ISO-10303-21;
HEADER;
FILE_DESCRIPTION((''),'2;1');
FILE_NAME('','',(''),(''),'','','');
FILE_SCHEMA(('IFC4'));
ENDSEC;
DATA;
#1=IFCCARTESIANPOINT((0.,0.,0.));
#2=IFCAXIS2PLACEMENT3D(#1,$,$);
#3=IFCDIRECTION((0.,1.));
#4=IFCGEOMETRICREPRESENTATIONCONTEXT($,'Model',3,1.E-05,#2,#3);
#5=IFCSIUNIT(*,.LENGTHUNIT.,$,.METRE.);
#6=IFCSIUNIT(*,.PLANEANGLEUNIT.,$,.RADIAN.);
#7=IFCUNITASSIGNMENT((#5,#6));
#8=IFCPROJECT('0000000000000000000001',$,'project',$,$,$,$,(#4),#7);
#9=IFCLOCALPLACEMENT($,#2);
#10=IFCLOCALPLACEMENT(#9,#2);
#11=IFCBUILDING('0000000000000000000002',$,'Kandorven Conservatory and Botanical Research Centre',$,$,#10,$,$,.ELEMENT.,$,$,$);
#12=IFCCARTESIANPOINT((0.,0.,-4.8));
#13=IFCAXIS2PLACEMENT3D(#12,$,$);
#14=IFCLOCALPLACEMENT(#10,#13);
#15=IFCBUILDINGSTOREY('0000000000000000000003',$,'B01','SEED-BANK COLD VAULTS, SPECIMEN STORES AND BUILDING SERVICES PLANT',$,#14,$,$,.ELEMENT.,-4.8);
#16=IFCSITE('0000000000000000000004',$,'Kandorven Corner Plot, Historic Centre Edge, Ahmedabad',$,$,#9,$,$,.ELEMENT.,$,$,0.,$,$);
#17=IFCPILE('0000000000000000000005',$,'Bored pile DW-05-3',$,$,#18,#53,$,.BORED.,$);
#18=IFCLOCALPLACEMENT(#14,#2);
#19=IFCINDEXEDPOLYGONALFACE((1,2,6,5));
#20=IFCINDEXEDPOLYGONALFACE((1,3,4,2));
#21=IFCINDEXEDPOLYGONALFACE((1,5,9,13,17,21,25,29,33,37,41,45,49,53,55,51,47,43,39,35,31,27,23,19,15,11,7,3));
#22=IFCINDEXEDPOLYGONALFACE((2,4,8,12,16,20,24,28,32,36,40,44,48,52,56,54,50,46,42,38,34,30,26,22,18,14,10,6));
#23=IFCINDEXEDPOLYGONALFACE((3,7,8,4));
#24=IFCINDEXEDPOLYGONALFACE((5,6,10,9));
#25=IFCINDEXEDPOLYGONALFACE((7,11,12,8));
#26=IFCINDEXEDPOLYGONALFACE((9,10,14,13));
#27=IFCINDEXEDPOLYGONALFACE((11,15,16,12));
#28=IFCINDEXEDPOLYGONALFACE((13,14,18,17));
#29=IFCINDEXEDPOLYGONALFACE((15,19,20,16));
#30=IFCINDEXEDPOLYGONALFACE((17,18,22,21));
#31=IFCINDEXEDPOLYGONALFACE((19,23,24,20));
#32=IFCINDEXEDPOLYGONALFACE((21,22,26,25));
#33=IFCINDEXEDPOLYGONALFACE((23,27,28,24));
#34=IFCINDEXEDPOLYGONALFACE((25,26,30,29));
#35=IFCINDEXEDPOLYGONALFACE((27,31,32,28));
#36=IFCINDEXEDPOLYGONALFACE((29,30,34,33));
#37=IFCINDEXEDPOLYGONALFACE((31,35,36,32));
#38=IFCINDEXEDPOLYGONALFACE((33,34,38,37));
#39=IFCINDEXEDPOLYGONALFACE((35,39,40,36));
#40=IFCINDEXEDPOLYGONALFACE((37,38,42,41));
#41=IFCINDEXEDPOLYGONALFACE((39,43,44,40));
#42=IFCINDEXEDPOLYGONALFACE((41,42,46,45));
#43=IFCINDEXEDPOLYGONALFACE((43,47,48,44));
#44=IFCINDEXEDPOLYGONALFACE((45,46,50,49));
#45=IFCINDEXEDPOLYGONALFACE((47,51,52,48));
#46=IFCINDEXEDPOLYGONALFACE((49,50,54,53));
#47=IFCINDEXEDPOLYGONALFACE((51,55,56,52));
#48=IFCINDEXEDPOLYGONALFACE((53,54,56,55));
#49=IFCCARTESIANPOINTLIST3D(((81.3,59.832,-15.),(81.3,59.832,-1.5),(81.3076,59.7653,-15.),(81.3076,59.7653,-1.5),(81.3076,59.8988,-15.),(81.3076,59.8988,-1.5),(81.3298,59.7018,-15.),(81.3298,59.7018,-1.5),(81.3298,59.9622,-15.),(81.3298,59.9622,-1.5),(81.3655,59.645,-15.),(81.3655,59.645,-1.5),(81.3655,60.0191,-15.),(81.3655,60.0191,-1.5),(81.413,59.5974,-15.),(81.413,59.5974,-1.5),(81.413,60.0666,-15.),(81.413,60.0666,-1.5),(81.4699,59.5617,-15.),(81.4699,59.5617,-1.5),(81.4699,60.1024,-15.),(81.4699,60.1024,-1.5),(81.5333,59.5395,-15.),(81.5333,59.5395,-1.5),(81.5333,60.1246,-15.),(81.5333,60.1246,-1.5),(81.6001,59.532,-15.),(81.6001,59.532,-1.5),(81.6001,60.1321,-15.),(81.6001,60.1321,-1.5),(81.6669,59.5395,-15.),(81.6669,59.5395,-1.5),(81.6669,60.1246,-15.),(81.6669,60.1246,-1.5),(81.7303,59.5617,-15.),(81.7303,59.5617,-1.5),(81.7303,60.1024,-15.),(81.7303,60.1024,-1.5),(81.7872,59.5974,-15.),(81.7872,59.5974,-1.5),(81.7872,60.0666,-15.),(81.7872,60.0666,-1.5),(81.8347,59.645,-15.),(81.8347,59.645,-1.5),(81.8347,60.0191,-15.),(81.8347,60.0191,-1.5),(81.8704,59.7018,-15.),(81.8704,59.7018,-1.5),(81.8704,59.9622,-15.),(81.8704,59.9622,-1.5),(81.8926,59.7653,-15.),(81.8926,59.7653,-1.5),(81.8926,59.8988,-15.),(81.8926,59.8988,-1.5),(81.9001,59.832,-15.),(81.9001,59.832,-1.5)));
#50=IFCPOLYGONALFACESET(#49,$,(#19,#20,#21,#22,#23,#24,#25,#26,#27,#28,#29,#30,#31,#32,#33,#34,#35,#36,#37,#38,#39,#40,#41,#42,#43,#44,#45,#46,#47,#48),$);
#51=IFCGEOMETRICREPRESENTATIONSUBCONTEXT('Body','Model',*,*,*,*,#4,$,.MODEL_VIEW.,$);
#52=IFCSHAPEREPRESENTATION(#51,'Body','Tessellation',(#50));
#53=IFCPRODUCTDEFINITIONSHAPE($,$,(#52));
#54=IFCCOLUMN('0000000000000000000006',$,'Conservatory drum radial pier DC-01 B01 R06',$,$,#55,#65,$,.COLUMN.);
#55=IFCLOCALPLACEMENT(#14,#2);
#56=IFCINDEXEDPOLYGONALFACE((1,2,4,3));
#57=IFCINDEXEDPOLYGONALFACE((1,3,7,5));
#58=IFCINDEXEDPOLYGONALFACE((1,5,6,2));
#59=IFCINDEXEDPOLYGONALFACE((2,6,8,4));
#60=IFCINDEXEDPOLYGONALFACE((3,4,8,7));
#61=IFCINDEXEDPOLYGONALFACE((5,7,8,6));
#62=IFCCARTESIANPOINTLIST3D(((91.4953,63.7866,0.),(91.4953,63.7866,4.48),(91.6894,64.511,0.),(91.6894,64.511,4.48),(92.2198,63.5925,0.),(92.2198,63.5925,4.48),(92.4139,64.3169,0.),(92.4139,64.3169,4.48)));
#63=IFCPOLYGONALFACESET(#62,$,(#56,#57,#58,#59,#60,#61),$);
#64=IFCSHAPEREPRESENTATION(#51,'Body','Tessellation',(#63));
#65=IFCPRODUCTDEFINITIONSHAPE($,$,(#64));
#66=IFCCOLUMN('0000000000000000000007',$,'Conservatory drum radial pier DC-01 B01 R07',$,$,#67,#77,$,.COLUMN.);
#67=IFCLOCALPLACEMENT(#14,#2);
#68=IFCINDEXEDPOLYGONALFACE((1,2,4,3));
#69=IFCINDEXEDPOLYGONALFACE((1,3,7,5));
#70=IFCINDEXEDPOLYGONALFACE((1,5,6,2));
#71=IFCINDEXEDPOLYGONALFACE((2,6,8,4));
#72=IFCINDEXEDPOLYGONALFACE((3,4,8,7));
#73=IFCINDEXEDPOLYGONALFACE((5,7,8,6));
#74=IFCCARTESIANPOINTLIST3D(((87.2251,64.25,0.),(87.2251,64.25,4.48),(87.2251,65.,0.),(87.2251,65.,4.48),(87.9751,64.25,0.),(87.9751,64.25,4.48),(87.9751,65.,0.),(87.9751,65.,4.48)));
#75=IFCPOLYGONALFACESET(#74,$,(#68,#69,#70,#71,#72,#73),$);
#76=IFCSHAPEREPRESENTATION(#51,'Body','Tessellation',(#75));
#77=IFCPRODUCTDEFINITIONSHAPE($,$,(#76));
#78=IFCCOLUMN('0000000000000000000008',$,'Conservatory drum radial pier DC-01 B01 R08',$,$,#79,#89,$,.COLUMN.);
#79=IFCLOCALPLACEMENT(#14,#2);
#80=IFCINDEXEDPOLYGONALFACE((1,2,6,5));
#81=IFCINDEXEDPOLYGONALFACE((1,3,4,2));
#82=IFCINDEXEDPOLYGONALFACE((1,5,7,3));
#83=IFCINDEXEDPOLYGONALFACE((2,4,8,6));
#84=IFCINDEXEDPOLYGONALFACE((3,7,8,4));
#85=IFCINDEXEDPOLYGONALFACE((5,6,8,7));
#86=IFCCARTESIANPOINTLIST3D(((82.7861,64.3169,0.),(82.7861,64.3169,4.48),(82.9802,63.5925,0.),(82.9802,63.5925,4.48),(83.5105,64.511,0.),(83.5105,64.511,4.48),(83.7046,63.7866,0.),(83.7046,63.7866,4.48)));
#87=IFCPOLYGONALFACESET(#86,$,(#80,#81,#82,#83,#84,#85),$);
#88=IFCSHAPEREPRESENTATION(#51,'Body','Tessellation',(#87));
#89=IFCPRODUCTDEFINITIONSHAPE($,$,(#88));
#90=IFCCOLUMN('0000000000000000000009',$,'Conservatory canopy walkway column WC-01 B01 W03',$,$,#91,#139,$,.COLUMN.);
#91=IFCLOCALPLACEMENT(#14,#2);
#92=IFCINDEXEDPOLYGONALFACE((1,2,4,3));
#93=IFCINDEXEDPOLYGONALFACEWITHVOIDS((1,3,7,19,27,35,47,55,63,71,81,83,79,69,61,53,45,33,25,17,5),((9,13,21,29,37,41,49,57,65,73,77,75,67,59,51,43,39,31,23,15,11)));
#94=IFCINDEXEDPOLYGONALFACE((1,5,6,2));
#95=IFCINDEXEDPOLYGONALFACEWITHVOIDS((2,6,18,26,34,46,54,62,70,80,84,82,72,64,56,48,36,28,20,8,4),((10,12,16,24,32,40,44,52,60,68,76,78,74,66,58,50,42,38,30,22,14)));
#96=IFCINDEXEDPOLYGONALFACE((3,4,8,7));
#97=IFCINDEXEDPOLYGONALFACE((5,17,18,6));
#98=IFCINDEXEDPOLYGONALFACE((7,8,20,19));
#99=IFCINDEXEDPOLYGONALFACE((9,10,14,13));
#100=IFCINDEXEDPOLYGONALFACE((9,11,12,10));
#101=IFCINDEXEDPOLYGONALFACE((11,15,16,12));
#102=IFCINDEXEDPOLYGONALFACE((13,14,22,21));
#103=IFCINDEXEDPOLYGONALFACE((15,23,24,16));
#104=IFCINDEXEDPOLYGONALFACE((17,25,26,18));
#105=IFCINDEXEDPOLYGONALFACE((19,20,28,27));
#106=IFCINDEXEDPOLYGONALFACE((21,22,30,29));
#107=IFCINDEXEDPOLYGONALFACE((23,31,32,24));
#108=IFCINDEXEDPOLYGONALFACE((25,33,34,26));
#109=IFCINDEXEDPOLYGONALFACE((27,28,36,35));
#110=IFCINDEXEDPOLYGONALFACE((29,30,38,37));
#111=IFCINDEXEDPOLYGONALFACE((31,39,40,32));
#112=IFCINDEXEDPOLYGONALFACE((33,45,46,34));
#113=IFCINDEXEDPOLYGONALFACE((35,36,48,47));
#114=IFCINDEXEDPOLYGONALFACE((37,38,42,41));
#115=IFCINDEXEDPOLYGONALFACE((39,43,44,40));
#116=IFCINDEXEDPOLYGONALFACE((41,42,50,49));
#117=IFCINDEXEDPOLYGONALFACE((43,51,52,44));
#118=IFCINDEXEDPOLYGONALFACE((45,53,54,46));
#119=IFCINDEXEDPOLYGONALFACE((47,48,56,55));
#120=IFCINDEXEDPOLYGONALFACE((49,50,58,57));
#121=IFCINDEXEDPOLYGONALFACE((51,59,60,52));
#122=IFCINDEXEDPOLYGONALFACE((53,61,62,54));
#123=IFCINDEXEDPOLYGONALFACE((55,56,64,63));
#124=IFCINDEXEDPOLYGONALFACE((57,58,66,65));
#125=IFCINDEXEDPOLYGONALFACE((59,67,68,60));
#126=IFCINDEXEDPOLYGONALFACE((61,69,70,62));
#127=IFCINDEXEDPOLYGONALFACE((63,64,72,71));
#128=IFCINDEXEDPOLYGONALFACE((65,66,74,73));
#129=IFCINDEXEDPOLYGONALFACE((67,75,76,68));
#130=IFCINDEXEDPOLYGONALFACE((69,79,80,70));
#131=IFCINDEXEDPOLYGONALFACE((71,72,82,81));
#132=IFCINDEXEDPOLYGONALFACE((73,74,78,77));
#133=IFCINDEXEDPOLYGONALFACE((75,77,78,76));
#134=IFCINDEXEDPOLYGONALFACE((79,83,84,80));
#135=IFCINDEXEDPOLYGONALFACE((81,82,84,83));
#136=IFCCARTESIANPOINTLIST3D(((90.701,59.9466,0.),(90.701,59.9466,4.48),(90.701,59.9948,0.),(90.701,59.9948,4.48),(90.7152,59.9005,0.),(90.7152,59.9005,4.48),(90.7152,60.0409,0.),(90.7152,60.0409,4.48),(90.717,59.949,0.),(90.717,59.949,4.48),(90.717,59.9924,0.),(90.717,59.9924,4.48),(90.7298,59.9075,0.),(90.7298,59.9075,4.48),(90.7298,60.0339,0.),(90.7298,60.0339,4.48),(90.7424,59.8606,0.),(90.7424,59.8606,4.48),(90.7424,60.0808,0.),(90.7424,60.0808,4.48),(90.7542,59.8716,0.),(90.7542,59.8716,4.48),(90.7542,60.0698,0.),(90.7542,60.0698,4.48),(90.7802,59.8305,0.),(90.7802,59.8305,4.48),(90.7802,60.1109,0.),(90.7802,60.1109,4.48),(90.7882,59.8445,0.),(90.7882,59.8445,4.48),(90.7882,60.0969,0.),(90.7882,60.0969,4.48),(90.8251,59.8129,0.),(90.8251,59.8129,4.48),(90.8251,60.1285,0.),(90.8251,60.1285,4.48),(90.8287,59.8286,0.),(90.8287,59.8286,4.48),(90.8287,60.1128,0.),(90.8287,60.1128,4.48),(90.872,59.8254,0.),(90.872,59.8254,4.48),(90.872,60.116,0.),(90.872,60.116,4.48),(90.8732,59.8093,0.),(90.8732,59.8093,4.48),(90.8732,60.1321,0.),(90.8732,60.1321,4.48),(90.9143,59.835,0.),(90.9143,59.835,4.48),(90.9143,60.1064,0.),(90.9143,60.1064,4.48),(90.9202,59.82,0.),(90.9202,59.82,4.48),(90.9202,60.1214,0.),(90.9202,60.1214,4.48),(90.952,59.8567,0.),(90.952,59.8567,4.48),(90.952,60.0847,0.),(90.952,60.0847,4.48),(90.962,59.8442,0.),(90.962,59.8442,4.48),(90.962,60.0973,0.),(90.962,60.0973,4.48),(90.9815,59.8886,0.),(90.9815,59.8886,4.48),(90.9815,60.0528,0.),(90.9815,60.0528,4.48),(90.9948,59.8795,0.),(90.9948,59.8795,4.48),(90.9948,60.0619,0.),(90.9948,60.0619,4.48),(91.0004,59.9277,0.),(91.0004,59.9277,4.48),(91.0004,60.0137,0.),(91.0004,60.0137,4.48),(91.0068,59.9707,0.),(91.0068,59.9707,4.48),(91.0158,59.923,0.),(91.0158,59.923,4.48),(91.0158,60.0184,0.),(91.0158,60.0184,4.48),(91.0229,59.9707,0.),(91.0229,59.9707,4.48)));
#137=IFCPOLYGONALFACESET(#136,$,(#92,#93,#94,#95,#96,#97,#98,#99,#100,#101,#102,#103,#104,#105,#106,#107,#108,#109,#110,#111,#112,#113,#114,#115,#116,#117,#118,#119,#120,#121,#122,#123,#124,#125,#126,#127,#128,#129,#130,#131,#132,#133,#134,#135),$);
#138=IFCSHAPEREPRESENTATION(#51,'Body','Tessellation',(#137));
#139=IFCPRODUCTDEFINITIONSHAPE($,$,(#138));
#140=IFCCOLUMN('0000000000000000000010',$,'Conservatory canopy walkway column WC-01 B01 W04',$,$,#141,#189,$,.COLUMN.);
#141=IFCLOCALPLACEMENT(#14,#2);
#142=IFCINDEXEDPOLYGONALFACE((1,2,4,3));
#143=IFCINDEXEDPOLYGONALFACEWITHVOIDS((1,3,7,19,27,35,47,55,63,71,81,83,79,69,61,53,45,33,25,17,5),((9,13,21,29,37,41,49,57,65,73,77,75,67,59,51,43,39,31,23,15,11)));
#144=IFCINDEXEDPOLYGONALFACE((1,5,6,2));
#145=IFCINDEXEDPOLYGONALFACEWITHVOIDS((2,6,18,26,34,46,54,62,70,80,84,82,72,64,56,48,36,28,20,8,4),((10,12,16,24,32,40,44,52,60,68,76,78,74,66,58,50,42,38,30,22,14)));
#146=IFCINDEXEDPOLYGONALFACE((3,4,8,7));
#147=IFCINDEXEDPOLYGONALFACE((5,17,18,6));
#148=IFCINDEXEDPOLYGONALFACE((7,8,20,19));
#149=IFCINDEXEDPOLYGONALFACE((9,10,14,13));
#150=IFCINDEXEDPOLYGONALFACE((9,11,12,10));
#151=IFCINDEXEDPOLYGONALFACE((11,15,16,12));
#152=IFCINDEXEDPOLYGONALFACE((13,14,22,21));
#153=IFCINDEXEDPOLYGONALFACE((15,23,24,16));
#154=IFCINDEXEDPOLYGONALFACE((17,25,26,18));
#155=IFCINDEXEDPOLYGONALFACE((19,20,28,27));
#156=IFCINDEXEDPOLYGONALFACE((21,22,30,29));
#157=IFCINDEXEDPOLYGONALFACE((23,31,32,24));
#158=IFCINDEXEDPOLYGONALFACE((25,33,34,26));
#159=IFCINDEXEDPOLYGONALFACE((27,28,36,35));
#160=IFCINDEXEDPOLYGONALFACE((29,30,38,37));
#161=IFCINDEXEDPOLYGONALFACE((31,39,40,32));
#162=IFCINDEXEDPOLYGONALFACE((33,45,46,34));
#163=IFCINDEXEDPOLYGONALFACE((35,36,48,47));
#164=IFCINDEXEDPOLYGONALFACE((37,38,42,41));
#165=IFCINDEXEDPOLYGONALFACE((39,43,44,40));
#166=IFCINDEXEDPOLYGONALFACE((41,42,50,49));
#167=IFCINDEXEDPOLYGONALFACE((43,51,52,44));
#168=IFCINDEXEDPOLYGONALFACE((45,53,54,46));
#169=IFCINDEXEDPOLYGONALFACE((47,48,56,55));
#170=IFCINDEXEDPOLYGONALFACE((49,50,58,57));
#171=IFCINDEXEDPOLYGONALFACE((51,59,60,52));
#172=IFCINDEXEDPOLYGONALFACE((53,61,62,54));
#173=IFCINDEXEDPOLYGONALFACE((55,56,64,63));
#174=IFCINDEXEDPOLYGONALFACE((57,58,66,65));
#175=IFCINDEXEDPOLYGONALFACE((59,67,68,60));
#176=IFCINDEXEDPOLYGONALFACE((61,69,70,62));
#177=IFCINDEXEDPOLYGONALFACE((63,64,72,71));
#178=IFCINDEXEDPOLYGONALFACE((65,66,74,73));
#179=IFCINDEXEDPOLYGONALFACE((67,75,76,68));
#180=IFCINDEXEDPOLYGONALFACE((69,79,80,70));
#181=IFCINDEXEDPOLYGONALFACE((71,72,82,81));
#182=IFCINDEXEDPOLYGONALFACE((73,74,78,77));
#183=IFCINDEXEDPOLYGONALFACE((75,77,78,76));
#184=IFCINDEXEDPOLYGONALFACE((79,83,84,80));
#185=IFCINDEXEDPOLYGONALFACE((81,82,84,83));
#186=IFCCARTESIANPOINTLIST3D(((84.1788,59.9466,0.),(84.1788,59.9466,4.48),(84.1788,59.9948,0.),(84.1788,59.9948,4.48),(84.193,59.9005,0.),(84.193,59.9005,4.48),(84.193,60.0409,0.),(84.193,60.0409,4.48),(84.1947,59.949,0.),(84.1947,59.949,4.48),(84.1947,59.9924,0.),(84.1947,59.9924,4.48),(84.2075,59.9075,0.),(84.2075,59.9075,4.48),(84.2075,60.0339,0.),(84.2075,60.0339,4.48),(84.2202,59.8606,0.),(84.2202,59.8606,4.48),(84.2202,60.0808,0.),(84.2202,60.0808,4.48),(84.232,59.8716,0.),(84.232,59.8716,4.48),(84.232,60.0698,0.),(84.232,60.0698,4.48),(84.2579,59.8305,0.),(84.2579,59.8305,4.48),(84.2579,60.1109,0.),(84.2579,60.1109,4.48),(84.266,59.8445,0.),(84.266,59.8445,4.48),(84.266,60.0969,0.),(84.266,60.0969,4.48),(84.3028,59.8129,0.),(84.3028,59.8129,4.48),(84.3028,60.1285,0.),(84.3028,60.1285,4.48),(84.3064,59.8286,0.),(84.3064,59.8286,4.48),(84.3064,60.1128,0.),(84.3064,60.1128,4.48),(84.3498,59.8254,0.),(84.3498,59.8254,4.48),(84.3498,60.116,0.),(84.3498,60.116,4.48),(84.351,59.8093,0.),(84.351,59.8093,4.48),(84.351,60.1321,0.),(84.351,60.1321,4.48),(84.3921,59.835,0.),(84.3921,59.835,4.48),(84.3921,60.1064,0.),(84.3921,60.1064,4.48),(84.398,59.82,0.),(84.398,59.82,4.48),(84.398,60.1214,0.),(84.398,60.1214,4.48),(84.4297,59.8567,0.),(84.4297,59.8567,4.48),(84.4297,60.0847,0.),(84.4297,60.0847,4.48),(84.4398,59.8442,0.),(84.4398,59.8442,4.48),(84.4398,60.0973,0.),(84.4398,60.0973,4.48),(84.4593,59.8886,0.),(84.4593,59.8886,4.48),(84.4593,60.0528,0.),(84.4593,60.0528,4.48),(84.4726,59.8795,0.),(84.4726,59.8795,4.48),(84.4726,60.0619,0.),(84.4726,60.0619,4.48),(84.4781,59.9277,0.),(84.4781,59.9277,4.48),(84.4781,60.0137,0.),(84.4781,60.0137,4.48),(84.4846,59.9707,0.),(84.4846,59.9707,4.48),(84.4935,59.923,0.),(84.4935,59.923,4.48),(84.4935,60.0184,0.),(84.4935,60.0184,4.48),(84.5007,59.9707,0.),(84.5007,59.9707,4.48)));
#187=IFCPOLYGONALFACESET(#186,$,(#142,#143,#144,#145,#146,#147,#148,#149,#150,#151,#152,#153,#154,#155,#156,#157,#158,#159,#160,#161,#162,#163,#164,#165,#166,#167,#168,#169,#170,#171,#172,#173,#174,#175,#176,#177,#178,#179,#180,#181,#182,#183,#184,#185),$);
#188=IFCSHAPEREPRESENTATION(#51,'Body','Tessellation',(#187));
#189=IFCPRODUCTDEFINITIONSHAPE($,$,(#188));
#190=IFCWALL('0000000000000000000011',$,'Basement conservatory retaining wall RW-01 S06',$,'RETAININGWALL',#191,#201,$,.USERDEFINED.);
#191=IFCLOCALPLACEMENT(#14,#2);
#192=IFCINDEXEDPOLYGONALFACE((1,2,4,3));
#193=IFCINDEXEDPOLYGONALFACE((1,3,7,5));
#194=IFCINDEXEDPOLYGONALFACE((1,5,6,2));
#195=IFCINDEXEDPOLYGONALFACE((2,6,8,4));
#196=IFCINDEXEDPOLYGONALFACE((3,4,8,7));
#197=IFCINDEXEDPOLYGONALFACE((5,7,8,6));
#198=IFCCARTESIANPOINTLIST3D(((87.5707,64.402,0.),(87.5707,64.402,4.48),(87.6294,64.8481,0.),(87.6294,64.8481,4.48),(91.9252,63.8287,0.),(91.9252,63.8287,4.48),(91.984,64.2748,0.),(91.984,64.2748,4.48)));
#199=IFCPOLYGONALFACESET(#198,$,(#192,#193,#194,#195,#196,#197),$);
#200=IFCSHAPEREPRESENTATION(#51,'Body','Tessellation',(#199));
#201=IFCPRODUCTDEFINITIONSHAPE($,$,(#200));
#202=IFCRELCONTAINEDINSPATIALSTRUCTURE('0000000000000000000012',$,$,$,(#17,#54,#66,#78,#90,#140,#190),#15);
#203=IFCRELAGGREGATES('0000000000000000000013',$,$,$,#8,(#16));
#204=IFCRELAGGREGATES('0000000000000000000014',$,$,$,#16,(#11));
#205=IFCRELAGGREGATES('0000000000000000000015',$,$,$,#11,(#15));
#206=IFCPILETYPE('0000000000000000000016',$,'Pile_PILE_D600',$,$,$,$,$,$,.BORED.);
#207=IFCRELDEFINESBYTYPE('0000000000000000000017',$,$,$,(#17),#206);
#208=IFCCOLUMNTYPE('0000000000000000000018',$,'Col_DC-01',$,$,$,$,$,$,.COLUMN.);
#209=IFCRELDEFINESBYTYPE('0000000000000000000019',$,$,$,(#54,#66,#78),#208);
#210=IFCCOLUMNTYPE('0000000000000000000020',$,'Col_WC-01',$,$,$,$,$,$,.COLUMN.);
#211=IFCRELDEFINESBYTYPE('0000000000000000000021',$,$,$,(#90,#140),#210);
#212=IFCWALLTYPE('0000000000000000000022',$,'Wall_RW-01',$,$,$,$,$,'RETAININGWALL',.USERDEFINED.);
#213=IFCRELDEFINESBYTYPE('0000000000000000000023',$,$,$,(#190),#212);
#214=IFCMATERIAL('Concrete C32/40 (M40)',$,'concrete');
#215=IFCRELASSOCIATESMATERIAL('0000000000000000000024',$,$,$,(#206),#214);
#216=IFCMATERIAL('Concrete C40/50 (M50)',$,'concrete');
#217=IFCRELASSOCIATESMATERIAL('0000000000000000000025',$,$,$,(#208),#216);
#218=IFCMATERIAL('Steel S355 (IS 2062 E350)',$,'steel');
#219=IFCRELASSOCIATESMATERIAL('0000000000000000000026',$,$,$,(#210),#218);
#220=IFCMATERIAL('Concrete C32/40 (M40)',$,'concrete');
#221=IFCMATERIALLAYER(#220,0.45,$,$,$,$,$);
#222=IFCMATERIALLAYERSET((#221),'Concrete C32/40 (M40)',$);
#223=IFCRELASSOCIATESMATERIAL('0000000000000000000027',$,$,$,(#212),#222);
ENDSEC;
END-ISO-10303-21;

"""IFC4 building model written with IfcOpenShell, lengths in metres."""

from ifc_helpers import new_model, si_unit, direction, frame, frame_2d, origin, origin_2d, place, context, subcontext, project, spatial, rectangle, circle, hollow_circle, extrude, material, layer, layer_set, material_profile, profile_set, type_object, element, save


model = new_model("IFC4")

# Units and contexts
model_context = context("Model", 3, precision=1e-05, world=origin(), true_north=direction((0.0, 1.0)))
body_context = subcontext(model_context, "Body", "Model", "MODEL_VIEW")
ifc_project = project(units=[si_unit("LENGTHUNIT", "METRE"), si_unit("PLANEANGLEUNIT", "RADIAN")], contexts=[model_context])

# Site, building, storey
site_placement = place(None, origin())
site = spatial("IfcSite", under=ifc_project, at=site_placement, Name="Kandorven Corner Plot, Historic Centre Edge, Ahmedabad", CompositionType="ELEMENT", RefElevation=0.0)
building_placement = place(site_placement, origin())
building = spatial("IfcBuilding", under=site, at=building_placement, Name="Kandorven Conservatory and Botanical Research Centre", CompositionType="ELEMENT")
storey_placement = place(building_placement, frame((0.0, 0.0, -4.8)))
storey = spatial("IfcBuildingStorey", under=building, at=storey_placement, Name="B01", Description="SEED-BANK COLD VAULTS, SPECIMEN STORES AND BUILDING SERVICES PLANT", CompositionType="ELEMENT", Elevation=-4.8)

# Pile
ifc_material_1 = material(Name="Concrete C32/40 (M40)", Category="concrete")
ifc_material_profile_1 = material_profile(ifc_material_1, circle(Radius=0.3, at=origin_2d()))
ifc_profile_set_1 = profile_set([ifc_material_profile_1], Name="Concrete C32/40 (M40)")
pile_type = type_object("IfcPileType", Name="Pile_PILE_D600", PredefinedType="BORED", material=ifc_profile_set_1)
for number, where, z_axis, x_axis, name in (
    (1, (81.6001, 59.832, -1.5), (0.0, 0.0, -1.0), (1.0, 0.0, 0.0), "Bored pile DW-05-3"),
):
    element("IfcPile", number, at=place(storey_placement, frame(where, z_axis=z_axis, x_axis=x_axis)), inside=storey, type_object=pile_type, Name=name, PredefinedType="BORED", context=body_context, shape_type="SweptSolid", body=[
        extrude(circle(Radius=0.3, at=origin_2d()), origin(), (0.0, 0.0, 1.0), 13.5),
    ])

# Columns
ifc_material_2 = material(Name="Concrete C40/50 (M50)", Category="concrete")
ifc_material_profile_2 = material_profile(ifc_material_2, rectangle(XDim=0.75, YDim=0.75, at=origin_2d()))
ifc_profile_set_2 = profile_set([ifc_material_profile_2], Name="Concrete C40/50 (M50)")
column_type_1 = type_object("IfcColumnType", Name="Col_DC-01", PredefinedType="COLUMN", material=ifc_profile_set_2)
for number, where, z_axis, x_axis, name in (
    (2, (91.9546, 64.0518, 0.0), (0.0, 0.0, 1.0), (0.258819, 0.965926, 0.0), "Conservatory drum radial pier DC-01 B01 R06"),
    (3, (87.6001, 64.625, 0.0), (0.0, 0.0, 1.0), (0.0, 1.0, 0.0), "Conservatory drum radial pier DC-01 B01 R07"),
    (4, (83.2454, 64.0518, 0.0), (0.0, 0.0, 1.0), (-0.258819, 0.965926, 0.0), "Conservatory drum radial pier DC-01 B01 R08"),
):
    element("IfcColumn", number, at=place(storey_placement, frame(where, z_axis=z_axis, x_axis=x_axis)), inside=storey, type_object=column_type_1, Name=name, PredefinedType="COLUMN", context=body_context, shape_type="SweptSolid", body=[
        extrude(rectangle(XDim=0.75, YDim=0.75, at=origin_2d()), origin(), (0.0, 0.0, 1.0), 4.48),
    ])
ifc_material_3 = material(Name="Steel S355 (IS 2062 E350)", Category="steel")
ifc_material_profile_3 = material_profile(ifc_material_3, hollow_circle(Radius=0.1619, WallThickness=0.0161, at=origin_2d()))
ifc_profile_set_3 = profile_set([ifc_material_profile_3], Name="Steel S355 (IS 2062 E350)")
column_type_2 = type_object("IfcColumnType", Name="Col_WC-01", PredefinedType="COLUMN", material=ifc_profile_set_3)
for number, where, z_axis, x_axis, name in (
    (5, (90.8611, 59.9707, 0.0), (0.0, 0.0, 1.0), (1.0, 0.0, 0.0), "Conservatory canopy walkway column WC-01 B01 W03"),
    (6, (84.3389, 59.9707, 0.0), (0.0, 0.0, 1.0), (1.0, 0.0, 0.0), "Conservatory canopy walkway column WC-01 B01 W04"),
):
    element("IfcColumn", number, at=place(storey_placement, frame(where, z_axis=z_axis, x_axis=x_axis)), inside=storey, type_object=column_type_2, Name=name, PredefinedType="COLUMN", context=body_context, shape_type="SweptSolid", body=[
        extrude(hollow_circle(Radius=0.1619, WallThickness=0.0161, at=origin_2d()), origin(), (0.0, 0.0, 1.0), 4.48),
    ])

# Wall
ifc_material_4 = material(Name="Concrete C32/40 (M40)", Category="concrete")
ifc_layer = layer(ifc_material_4, 0.45)
ifc_layer_set = layer_set([ifc_layer], Name="Concrete C32/40 (M40)")
wall_type = type_object("IfcWallType", Name="Wall_RW-01", ElementType="RETAININGWALL", PredefinedType="USERDEFINED", material=ifc_layer_set)
wall_placement = place(storey_placement, frame((91.9546, 64.0518, 0.0), z_axis=(0.0, 0.0, 1.0), x_axis=(-0.991446, 0.130518, 0.0)))
element("IfcWall", 7, at=wall_placement, inside=storey, type_object=wall_type, Name="Basement conservatory retaining wall RW-01 S06", ObjectType="RETAININGWALL", PredefinedType="USERDEFINED", context=body_context, shape_type="SweptSolid", body=[
    extrude(rectangle(XDim=4.3921, YDim=0.45, at=frame_2d((2.196, 0.0))), origin(), (0.0, 0.0, 1.0), 4.48),
])

save(model, "model.ifc")
